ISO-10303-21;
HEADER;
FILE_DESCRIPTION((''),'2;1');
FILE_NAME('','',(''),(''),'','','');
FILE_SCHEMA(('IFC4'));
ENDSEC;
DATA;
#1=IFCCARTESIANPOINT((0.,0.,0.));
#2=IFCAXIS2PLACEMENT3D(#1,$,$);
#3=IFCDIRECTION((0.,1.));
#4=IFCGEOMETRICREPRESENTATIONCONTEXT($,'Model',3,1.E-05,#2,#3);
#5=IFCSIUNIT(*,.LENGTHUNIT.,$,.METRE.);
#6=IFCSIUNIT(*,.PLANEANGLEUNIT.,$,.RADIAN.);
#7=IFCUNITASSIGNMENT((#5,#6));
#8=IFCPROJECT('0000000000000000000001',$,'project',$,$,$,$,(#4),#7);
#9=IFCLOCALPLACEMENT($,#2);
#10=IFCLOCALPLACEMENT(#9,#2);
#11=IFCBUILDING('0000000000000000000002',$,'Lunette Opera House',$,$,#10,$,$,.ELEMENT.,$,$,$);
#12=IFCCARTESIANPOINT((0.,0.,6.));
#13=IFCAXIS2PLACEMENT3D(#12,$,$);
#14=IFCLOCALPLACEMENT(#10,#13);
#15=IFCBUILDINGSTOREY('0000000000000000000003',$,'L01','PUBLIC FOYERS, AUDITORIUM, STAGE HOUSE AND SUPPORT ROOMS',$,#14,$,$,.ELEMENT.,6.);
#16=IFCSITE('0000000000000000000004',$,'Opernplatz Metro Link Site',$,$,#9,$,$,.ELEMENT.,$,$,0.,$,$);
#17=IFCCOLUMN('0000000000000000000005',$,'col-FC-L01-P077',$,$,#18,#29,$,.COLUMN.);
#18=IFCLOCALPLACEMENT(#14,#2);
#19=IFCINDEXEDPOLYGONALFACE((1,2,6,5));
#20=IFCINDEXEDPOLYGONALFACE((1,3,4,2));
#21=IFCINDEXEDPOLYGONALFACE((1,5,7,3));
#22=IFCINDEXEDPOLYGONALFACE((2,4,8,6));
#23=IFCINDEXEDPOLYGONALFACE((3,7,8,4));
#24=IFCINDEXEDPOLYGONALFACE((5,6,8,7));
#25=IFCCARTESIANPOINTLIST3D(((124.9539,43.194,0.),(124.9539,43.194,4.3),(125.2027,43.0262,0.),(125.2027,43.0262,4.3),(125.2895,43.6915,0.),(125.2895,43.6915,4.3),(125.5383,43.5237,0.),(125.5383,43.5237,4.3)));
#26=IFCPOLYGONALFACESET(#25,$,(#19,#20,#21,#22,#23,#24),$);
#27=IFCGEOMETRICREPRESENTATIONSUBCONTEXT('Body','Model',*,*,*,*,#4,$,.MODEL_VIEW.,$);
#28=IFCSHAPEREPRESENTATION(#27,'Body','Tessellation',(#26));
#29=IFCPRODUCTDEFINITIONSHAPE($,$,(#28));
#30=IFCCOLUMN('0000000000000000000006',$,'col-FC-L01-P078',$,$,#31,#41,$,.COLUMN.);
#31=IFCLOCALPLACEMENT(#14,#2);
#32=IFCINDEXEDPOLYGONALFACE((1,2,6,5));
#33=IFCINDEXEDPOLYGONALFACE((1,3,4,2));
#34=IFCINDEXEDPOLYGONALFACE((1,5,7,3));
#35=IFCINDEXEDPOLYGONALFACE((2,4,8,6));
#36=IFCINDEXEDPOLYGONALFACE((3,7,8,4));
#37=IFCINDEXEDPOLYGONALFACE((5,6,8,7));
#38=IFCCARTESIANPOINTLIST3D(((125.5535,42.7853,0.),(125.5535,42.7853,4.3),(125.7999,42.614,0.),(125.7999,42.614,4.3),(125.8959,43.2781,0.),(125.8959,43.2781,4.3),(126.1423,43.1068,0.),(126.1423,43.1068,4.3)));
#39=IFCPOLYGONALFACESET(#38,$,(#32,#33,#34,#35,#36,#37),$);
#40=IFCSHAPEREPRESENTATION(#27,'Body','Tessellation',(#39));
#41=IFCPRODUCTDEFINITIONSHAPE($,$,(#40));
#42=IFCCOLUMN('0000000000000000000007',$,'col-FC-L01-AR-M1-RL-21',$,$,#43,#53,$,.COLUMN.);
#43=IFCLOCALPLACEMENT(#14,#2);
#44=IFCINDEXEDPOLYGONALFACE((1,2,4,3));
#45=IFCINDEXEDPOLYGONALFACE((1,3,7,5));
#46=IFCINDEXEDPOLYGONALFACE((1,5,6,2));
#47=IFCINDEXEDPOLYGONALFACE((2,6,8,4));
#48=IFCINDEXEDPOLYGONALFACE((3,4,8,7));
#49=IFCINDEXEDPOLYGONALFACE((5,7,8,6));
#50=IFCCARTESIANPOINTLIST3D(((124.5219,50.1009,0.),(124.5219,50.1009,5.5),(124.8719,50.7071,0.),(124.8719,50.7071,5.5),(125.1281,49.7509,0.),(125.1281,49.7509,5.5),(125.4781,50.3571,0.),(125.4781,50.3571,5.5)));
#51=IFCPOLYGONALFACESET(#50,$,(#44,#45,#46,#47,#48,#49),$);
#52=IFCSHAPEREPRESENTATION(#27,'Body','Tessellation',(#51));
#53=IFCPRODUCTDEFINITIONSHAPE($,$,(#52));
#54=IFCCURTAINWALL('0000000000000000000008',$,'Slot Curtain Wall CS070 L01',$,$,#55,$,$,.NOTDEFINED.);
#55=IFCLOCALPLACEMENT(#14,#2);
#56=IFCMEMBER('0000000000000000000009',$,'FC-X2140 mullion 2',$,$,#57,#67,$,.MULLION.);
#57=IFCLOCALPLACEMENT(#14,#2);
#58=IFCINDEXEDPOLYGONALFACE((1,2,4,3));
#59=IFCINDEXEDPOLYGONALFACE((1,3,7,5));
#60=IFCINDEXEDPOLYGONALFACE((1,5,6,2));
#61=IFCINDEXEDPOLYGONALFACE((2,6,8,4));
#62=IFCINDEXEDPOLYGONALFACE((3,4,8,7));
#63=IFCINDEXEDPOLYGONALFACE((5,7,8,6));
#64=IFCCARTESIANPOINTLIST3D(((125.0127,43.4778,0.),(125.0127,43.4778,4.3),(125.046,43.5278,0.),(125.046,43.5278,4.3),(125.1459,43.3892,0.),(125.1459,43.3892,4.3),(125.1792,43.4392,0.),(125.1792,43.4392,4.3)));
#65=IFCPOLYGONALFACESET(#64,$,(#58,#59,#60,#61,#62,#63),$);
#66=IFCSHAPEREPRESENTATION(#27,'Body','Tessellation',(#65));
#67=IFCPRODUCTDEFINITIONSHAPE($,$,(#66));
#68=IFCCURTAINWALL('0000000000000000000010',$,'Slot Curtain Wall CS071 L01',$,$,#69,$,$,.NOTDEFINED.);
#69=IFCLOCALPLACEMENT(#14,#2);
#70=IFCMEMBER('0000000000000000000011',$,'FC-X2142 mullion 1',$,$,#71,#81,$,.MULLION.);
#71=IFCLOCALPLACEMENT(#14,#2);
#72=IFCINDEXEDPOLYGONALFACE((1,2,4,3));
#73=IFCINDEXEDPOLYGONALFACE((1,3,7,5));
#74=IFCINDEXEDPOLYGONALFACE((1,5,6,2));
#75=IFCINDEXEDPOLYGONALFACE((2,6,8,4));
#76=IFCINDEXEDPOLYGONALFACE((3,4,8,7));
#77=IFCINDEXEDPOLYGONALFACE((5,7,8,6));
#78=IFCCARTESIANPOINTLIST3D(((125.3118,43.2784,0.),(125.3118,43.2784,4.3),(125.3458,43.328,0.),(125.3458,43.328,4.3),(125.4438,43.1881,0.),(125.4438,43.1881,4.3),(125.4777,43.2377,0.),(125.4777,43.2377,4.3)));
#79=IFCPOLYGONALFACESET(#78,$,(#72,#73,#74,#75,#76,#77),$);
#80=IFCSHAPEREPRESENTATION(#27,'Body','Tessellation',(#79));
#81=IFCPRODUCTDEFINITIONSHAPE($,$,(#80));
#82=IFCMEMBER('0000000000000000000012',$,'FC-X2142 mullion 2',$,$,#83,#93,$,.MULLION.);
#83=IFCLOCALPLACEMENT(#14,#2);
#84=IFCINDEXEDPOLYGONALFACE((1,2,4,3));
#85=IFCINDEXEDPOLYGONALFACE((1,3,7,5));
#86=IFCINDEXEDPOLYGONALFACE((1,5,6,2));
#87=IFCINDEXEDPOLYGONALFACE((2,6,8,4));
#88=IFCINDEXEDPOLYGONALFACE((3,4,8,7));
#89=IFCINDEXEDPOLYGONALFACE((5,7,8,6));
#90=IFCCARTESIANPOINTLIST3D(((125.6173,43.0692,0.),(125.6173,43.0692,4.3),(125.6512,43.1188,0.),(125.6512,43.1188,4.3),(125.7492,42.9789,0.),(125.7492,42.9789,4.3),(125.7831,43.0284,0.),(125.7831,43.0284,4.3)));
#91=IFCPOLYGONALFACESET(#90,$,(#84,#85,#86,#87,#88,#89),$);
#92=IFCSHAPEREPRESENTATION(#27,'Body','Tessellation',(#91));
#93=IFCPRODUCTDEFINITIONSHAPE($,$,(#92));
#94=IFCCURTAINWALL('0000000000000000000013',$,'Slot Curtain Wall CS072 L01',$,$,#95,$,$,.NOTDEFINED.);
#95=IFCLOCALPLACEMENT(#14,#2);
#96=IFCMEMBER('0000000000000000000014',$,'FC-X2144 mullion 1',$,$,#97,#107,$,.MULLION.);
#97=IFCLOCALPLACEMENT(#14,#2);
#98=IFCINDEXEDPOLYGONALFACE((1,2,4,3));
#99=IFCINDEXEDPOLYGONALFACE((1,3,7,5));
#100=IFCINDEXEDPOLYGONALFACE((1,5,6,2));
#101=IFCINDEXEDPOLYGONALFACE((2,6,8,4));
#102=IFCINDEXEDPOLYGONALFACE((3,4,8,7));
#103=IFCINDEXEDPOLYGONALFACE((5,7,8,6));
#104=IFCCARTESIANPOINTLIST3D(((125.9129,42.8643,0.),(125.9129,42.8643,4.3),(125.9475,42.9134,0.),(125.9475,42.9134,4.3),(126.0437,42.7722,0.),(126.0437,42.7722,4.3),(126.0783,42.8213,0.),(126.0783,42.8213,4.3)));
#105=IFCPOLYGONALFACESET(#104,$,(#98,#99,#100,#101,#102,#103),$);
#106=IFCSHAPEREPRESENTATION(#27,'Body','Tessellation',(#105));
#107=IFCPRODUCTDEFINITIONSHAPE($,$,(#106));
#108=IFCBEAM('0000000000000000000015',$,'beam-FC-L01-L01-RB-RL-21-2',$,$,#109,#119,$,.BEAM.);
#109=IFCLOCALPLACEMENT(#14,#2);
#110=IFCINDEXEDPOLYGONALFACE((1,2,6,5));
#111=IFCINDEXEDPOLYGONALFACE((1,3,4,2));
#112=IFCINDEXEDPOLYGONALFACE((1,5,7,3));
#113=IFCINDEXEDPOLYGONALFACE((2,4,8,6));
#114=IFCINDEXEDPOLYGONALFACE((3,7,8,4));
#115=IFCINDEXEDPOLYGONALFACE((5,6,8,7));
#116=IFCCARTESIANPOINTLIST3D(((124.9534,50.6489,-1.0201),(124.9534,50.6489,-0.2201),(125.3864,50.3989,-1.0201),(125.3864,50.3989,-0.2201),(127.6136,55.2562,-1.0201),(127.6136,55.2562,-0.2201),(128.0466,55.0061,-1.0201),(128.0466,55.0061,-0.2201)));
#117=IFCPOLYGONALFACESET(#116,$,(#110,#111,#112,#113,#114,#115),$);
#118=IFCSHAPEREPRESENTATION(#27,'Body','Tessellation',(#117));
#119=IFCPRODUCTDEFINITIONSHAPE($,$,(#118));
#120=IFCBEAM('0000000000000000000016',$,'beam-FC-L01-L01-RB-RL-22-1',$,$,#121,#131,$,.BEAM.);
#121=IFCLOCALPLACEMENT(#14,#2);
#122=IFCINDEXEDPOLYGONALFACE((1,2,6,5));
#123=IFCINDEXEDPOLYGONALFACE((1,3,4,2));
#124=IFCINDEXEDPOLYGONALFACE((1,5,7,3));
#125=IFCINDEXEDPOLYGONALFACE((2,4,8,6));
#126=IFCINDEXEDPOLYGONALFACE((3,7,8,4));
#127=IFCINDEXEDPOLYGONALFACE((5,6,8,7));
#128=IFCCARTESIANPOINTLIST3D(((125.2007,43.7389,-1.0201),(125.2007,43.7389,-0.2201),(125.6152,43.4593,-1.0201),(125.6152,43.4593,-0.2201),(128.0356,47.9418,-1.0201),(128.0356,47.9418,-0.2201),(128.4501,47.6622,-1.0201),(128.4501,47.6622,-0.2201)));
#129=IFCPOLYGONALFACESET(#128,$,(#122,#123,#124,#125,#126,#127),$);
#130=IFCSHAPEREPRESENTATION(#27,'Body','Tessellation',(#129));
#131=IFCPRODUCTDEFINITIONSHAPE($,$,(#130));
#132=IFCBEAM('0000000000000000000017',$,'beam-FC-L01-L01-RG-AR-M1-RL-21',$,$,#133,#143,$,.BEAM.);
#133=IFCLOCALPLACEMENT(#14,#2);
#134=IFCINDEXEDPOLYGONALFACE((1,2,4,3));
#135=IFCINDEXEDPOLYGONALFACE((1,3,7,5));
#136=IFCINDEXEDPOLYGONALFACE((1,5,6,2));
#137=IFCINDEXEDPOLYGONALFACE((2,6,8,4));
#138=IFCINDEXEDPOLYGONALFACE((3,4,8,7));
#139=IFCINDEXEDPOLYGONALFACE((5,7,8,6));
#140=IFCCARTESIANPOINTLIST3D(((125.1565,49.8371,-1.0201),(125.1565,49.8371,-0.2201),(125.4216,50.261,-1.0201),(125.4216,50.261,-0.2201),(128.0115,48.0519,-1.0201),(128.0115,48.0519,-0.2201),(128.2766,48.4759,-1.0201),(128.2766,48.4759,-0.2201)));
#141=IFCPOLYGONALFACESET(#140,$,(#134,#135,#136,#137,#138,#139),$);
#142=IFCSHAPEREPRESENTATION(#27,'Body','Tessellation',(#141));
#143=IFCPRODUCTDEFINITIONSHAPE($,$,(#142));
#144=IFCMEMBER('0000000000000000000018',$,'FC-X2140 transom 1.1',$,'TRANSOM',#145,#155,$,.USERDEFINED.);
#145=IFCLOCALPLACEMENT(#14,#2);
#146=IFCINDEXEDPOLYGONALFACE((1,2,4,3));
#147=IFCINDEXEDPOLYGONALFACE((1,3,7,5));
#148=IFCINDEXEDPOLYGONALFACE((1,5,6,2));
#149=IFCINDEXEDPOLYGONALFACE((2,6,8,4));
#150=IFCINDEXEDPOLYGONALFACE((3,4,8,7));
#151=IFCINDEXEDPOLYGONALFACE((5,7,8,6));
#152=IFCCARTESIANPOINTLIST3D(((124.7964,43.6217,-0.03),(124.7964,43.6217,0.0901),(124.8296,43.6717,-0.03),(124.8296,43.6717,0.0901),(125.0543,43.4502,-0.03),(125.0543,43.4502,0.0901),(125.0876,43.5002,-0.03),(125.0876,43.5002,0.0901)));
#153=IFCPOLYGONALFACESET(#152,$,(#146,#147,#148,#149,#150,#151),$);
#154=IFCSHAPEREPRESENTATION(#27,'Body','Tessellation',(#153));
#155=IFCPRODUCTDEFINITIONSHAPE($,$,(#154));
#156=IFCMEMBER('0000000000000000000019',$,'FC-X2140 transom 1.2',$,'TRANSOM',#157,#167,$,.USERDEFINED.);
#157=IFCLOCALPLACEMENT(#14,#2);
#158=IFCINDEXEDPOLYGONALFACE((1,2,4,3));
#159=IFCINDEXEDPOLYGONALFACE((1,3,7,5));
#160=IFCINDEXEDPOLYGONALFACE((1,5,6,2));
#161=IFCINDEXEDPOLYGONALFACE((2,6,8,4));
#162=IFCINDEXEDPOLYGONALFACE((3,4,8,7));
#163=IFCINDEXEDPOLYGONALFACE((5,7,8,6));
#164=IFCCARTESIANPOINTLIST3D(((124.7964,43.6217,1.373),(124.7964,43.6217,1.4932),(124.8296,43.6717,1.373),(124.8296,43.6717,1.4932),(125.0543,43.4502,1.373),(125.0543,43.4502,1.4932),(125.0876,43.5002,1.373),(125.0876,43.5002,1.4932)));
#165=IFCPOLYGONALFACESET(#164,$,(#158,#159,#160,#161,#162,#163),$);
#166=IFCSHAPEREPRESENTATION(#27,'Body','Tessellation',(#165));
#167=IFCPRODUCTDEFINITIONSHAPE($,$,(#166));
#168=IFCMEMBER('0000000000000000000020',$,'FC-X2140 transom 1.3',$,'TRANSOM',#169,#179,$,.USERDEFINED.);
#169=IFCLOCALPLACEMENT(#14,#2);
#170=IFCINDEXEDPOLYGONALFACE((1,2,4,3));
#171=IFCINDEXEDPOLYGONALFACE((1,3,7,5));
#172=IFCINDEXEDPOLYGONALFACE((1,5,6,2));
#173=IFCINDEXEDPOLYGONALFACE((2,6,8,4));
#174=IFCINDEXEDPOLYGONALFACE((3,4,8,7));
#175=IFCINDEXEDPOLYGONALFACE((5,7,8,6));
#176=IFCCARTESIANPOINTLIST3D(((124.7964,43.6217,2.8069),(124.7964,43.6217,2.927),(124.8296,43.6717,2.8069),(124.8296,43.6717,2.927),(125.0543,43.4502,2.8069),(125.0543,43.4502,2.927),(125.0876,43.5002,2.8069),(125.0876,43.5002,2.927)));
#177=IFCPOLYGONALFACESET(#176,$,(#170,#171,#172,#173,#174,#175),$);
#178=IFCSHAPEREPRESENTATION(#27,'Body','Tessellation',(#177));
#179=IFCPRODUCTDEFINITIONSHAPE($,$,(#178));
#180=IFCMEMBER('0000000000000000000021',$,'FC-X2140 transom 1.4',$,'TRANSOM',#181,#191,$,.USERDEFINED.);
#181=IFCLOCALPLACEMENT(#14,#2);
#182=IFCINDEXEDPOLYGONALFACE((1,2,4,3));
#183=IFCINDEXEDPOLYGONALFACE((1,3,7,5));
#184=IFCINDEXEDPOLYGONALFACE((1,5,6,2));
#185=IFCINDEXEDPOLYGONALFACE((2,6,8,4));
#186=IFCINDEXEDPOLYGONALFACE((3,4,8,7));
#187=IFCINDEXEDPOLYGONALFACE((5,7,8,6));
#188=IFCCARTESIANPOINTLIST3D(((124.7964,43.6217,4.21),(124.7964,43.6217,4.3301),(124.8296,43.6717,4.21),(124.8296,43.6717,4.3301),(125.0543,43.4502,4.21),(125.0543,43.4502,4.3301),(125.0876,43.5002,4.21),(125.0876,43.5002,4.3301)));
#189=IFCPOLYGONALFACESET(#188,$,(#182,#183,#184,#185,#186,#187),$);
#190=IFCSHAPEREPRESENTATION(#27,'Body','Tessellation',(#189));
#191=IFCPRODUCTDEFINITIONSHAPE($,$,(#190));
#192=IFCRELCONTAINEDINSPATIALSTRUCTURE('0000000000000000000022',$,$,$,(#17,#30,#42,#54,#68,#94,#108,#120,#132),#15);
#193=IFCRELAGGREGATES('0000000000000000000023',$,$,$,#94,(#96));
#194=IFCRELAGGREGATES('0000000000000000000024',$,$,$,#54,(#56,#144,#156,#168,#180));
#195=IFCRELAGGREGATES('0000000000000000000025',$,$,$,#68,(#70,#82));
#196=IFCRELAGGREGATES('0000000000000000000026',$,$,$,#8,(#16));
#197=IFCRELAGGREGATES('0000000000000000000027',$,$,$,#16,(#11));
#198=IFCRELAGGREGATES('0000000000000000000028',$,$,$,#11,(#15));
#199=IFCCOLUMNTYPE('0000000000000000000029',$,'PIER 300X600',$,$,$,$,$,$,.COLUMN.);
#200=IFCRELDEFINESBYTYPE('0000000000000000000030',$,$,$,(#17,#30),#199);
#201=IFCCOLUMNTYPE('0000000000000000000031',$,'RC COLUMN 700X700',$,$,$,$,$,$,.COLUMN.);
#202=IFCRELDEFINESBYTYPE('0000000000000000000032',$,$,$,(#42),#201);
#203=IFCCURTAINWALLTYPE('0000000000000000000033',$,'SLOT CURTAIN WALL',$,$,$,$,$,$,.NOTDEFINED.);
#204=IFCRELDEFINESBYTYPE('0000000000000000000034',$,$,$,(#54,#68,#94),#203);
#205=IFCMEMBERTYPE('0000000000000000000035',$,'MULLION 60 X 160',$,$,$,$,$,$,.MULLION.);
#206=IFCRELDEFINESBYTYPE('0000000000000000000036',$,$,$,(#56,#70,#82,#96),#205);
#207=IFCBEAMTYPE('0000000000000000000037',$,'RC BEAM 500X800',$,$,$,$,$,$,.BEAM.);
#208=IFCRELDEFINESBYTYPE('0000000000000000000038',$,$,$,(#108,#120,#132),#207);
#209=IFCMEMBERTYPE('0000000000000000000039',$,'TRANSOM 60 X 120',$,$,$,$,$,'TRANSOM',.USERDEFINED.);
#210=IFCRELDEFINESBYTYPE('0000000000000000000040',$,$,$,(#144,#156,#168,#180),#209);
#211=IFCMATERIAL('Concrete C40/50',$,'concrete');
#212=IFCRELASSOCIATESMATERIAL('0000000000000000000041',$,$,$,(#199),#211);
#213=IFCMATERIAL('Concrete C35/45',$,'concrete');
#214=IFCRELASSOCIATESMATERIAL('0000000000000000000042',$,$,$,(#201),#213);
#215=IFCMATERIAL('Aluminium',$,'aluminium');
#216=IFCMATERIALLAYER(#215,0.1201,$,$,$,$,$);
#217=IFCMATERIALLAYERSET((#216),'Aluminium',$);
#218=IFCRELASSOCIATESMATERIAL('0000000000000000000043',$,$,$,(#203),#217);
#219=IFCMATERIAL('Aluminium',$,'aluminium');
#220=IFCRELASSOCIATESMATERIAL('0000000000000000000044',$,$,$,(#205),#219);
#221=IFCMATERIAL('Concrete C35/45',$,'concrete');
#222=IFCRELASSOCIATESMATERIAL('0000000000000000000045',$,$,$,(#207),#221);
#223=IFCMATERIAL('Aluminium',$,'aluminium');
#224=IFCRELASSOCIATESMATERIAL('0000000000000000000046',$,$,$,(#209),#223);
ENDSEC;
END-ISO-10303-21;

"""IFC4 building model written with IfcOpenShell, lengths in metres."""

from ifc_helpers import new_model, si_unit, direction, frame, origin, origin_2d, place, context, subcontext, project, spatial, rectangle, extrude, material, layer, layer_set, material_profile, profile_set, type_object, element, aggregate, save


model = new_model("IFC4")

# Units and contexts
model_context = context("Model", 3, precision=1e-05, world=origin(), true_north=direction((0.0, 1.0)))
body_context = subcontext(model_context, "Body", "Model", "MODEL_VIEW")
ifc_project = project(units=[si_unit("LENGTHUNIT", "METRE"), si_unit("PLANEANGLEUNIT", "RADIAN")], contexts=[model_context])

# Site, building, storey
site_placement = place(None, origin())
site = spatial("IfcSite", under=ifc_project, at=site_placement, Name="Opernplatz Metro Link Site", CompositionType="ELEMENT", RefElevation=0.0)
building_placement = place(site_placement, origin())
building = spatial("IfcBuilding", under=site, at=building_placement, Name="Lunette Opera House", CompositionType="ELEMENT")
storey_placement = place(building_placement, frame((0.0, 0.0, 6.0)))
storey = spatial("IfcBuildingStorey", under=building, at=storey_placement, Name="L01", Description="PUBLIC FOYERS, AUDITORIUM, STAGE HOUSE AND SUPPORT ROOMS", CompositionType="ELEMENT", Elevation=6.0)

# Columns
ifc_material_1 = material(Name="Concrete C40/50", Category="concrete")
ifc_material_profile_1 = material_profile(ifc_material_1, rectangle(XDim=0.3, YDim=0.6001, at=origin_2d()), Name="PIER 300X600")
ifc_profile_set_1 = profile_set([ifc_material_profile_1], Name="Concrete C40/50")
column_type_1 = type_object("IfcColumnType", Name="PIER 300X600", PredefinedType="COLUMN", material=ifc_profile_set_1)
for number, where, z_axis, x_axis, name in (
    (1, (125.2461, 43.3589, 0.0), (0.0, 0.0, 1.0), (0.829038, -0.559193, 0.0), "col-FC-L01-P077"),
    (2, (125.8479, 42.946, 0.0), (0.0, 0.0, 1.0), (0.821149, -0.570714, 0.0), "col-FC-L01-P078"),
):
    element("IfcColumn", number, at=place(storey_placement, frame(where, z_axis=z_axis, x_axis=x_axis)), inside=storey, type_object=column_type_1, Name=name, PredefinedType="COLUMN", context=body_context, shape_type="SweptSolid", body=[
        extrude(rectangle(XDim=0.3, YDim=0.6001, at=origin_2d()), origin(), (0.0, 0.0, 1.0), 4.3),
    ])
ifc_material_2 = material(Name="Concrete C35/45", Category="concrete")
ifc_material_profile_2 = material_profile(ifc_material_2, rectangle(XDim=0.7, YDim=0.7, at=origin_2d()), Name="RC COLUMN 700X700")
ifc_profile_set_2 = profile_set([ifc_material_profile_2], Name="Concrete C35/45")
column_type_2 = type_object("IfcColumnType", Name="RC COLUMN 700X700", PredefinedType="COLUMN", material=ifc_profile_set_2)
column_placement = place(storey_placement, frame((125.0, 50.229, 0.0), z_axis=(0.0, 0.0, 1.0), x_axis=(0.866025, -0.5, 0.0)))
element("IfcColumn", 3, at=column_placement, inside=storey, type_object=column_type_2, Name="col-FC-L01-AR-M1-RL-21", PredefinedType="COLUMN", context=body_context, shape_type="SweptSolid", body=[
    extrude(rectangle(XDim=0.7, YDim=0.7, at=origin_2d()), origin(), (0.0, 0.0, 1.0), 5.5),
])

# Curtain wall, member
ifc_material_3 = material(Name="Aluminium", Category="aluminium")
ifc_layer_1 = layer(ifc_material_3, 0.1201)
ifc_layer_set_1 = layer_set([ifc_layer_1], Name="Aluminium")
curtain_wall_type = type_object("IfcCurtainWallType", Name="SLOT CURTAIN WALL", PredefinedType="NOTDEFINED", material=ifc_layer_set_1)
curtain_wall_1_placement = place(storey_placement, origin())
curtain_wall_1 = element("IfcCurtainWall", 4, at=curtain_wall_1_placement, inside=storey, type_object=curtain_wall_type, Name="Slot Curtain Wall CS070 L01", PredefinedType="NOTDEFINED")
ifc_material_4 = material(Name="Aluminium", Category="aluminium")
ifc_material_profile_3 = material_profile(ifc_material_4, rectangle(XDim=0.0601, YDim=0.1599, at=origin_2d()), Name="MULLION 60 X 160")
ifc_profile_set_3 = profile_set([ifc_material_profile_3], Name="Aluminium")
member_type_1 = type_object("IfcMemberType", Name="MULLION 60 X 160", PredefinedType="MULLION", material=ifc_profile_set_3)
member_1_placement = place(storey_placement, frame((125.0959, 43.4585, 0.0), z_axis=(0.0, 0.0, 1.0), x_axis=(0.553626, 0.832765, 0.0)))
member_1 = element("IfcMember", 5, at=member_1_placement, type_object=member_type_1, Name="FC-X2140 mullion 2", PredefinedType="MULLION", context=body_context, shape_type="SweptSolid", body=[
    extrude(rectangle(XDim=0.0601, YDim=0.1599, at=origin_2d()), origin(), (0.0, 0.0, 1.0), 4.3),
])

# Curtain wall, members
curtain_wall_2_placement = place(storey_placement, origin())
curtain_wall_2 = element("IfcCurtainWall", 6, at=curtain_wall_2_placement, inside=storey, type_object=curtain_wall_type, Name="Slot Curtain Wall CS071 L01", PredefinedType="NOTDEFINED")
member_2_placement = place(storey_placement, frame((125.3948, 43.2581, 0.0), z_axis=(0.0, 0.0, 1.0), x_axis=(0.564851, 0.825193, 0.0)))
member_2 = element("IfcMember", 7, at=member_2_placement, type_object=member_type_1, Name="FC-X2142 mullion 1", PredefinedType="MULLION", context=body_context, shape_type="SweptSolid", body=[
    extrude(rectangle(XDim=0.0601, YDim=0.1599, at=origin_2d()), origin(), (0.0, 0.0, 1.0), 4.3),
])
member_3_placement = place(storey_placement, frame((125.7002, 43.0488, 0.0), z_axis=(0.0, 0.0, 1.0), x_axis=(0.564851, 0.825193, 0.0)))
member_3 = element("IfcMember", 8, at=member_3_placement, type_object=member_type_1, Name="FC-X2142 mullion 2", PredefinedType="MULLION", context=body_context, shape_type="SweptSolid", body=[
    extrude(rectangle(XDim=0.0601, YDim=0.1599, at=origin_2d()), origin(), (0.0, 0.0, 1.0), 4.3),
])

# Curtain wall, member
curtain_wall_3_placement = place(storey_placement, origin())
curtain_wall_3 = element("IfcCurtainWall", 9, at=curtain_wall_3_placement, inside=storey, type_object=curtain_wall_type, Name="Slot Curtain Wall CS072 L01", PredefinedType="NOTDEFINED")
member_4_placement = place(storey_placement, frame((125.9956, 42.8428, 0.0), z_axis=(0.0, 0.0, 1.0), x_axis=(0.575954, 0.817482, 0.0)))
member_4 = element("IfcMember", 10, at=member_4_placement, type_object=member_type_1, Name="FC-X2144 mullion 1", PredefinedType="MULLION", context=body_context, shape_type="SweptSolid", body=[
    extrude(rectangle(XDim=0.0601, YDim=0.1599, at=origin_2d()), origin(), (0.0, 0.0, 1.0), 4.3),
])

# Beams
ifc_material_5 = material(Name="Concrete C35/45", Category="concrete")
ifc_material_profile_4 = material_profile(ifc_material_5, rectangle(XDim=0.5, YDim=0.8, at=origin_2d()), Name="RC BEAM 500X800")
ifc_profile_set_4 = profile_set([ifc_material_profile_4], Name="Concrete C35/45")
beam_type = type_object("IfcBeamType", Name="RC BEAM 500X800", PredefinedType="BEAM", material=ifc_profile_set_4)
beam_1_placement = place(storey_placement, frame((125.1699, 50.5239, -0.6201), z_axis=(0.500028, 0.866009, 0.0), x_axis=(-0.866009, 0.500028, 0.0)))
element("IfcBeam", 11, at=beam_1_placement, inside=storey, type_object=beam_type, Name="beam-FC-L01-L01-RB-RL-21-2", PredefinedType="BEAM", context=body_context, shape_type="SweptSolid", body=[
    extrude(rectangle(XDim=0.5, YDim=0.8, at=origin_2d()), origin(), (0.0, 0.0, 1.0), 5.3201),
])
beam_2_placement = place(storey_placement, frame((125.408, 43.5991, -0.6201), z_axis=(0.559204, 0.82903, 0.0), x_axis=(-0.82903, 0.559204, 0.0)))
element("IfcBeam", 12, at=beam_2_placement, inside=storey, type_object=beam_type, Name="beam-FC-L01-L01-RB-RL-22-1", PredefinedType="BEAM", context=body_context, shape_type="SweptSolid", body=[
    extrude(rectangle(XDim=0.5, YDim=0.8, at=origin_2d()), origin(), (0.0, 0.0, 1.0), 5.0696),
])
beam_3_placement = place(storey_placement, frame((125.2891, 50.0491, -0.6201), z_axis=(0.847892, -0.530168, 0.0), x_axis=(0.530168, 0.847892, 0.0)))
element("IfcBeam", 13, at=beam_3_placement, inside=storey, type_object=beam_type, Name="beam-FC-L01-L01-RG-AR-M1-RL-21", PredefinedType="BEAM", context=body_context, shape_type="SweptSolid", body=[
    extrude(rectangle(XDim=0.5, YDim=0.8, at=origin_2d()), origin(), (0.0, 0.0, 1.0), 3.3672),
])

# Members
ifc_material_6 = material(Name="Aluminium", Category="aluminium")
ifc_material_profile_5 = material_profile(ifc_material_6, rectangle(XDim=0.0601, YDim=0.1201, at=origin_2d()), Name="TRANSOM 60 X 120")
ifc_profile_set_5 = profile_set([ifc_material_profile_5], Name="Aluminium")
member_type_2 = type_object("IfcMemberType", Name="TRANSOM 60 X 120", ElementType="TRANSOM", PredefinedType="USERDEFINED", material=ifc_profile_set_5)
member_5_placement = place(storey_placement, frame((124.813, 43.6467, 0.03), z_axis=(0.832656, -0.553791, 0.0), x_axis=(0.553791, 0.832656, 0.0)))
member_5 = element("IfcMember", 14, at=member_5_placement, type_object=member_type_2, Name="FC-X2140 transom 1.1", ObjectType="TRANSOM", PredefinedType="USERDEFINED", context=body_context, shape_type="SweptSolid", body=[
    extrude(rectangle(XDim=0.0601, YDim=0.1201, at=origin_2d()), origin(), (0.0, 0.0, 1.0), 0.3098),
])
member_6_placement = place(storey_placement, frame((124.813, 43.6467, 1.4331), z_axis=(0.832656, -0.553791, 0.0), x_axis=(0.553791, 0.832656, 0.0)))
member_6 = element("IfcMember", 15, at=member_6_placement, type_object=member_type_2, Name="FC-X2140 transom 1.2", ObjectType="TRANSOM", PredefinedType="USERDEFINED", context=body_context, shape_type="SweptSolid", body=[
    extrude(rectangle(XDim=0.0601, YDim=0.1201, at=origin_2d()), origin(), (0.0, 0.0, 1.0), 0.3098),
])
member_7_placement = place(storey_placement, frame((124.813, 43.6467, 2.8669), z_axis=(0.832656, -0.553791, 0.0), x_axis=(0.553791, 0.832656, 0.0)))
member_7 = element("IfcMember", 16, at=member_7_placement, type_object=member_type_2, Name="FC-X2140 transom 1.3", ObjectType="TRANSOM", PredefinedType="USERDEFINED", context=body_context, shape_type="SweptSolid", body=[
    extrude(rectangle(XDim=0.0601, YDim=0.1201, at=origin_2d()), origin(), (0.0, 0.0, 1.0), 0.3098),
])
member_8_placement = place(storey_placement, frame((124.813, 43.6467, 4.27), z_axis=(0.832656, -0.553791, 0.0), x_axis=(0.553791, 0.832656, 0.0)))
member_8 = element("IfcMember", 17, at=member_8_placement, type_object=member_type_2, Name="FC-X2140 transom 1.4", ObjectType="TRANSOM", PredefinedType="USERDEFINED", context=body_context, shape_type="SweptSolid", body=[
    extrude(rectangle(XDim=0.0601, YDim=0.1201, at=origin_2d()), origin(), (0.0, 0.0, 1.0), 0.3098),
])
aggregate(curtain_wall_3, [member_4])

aggregate(curtain_wall_1, [member_1, member_5, member_6, member_7, member_8])
aggregate(curtain_wall_2, [member_2, member_3])

save(model, "model.ifc")
